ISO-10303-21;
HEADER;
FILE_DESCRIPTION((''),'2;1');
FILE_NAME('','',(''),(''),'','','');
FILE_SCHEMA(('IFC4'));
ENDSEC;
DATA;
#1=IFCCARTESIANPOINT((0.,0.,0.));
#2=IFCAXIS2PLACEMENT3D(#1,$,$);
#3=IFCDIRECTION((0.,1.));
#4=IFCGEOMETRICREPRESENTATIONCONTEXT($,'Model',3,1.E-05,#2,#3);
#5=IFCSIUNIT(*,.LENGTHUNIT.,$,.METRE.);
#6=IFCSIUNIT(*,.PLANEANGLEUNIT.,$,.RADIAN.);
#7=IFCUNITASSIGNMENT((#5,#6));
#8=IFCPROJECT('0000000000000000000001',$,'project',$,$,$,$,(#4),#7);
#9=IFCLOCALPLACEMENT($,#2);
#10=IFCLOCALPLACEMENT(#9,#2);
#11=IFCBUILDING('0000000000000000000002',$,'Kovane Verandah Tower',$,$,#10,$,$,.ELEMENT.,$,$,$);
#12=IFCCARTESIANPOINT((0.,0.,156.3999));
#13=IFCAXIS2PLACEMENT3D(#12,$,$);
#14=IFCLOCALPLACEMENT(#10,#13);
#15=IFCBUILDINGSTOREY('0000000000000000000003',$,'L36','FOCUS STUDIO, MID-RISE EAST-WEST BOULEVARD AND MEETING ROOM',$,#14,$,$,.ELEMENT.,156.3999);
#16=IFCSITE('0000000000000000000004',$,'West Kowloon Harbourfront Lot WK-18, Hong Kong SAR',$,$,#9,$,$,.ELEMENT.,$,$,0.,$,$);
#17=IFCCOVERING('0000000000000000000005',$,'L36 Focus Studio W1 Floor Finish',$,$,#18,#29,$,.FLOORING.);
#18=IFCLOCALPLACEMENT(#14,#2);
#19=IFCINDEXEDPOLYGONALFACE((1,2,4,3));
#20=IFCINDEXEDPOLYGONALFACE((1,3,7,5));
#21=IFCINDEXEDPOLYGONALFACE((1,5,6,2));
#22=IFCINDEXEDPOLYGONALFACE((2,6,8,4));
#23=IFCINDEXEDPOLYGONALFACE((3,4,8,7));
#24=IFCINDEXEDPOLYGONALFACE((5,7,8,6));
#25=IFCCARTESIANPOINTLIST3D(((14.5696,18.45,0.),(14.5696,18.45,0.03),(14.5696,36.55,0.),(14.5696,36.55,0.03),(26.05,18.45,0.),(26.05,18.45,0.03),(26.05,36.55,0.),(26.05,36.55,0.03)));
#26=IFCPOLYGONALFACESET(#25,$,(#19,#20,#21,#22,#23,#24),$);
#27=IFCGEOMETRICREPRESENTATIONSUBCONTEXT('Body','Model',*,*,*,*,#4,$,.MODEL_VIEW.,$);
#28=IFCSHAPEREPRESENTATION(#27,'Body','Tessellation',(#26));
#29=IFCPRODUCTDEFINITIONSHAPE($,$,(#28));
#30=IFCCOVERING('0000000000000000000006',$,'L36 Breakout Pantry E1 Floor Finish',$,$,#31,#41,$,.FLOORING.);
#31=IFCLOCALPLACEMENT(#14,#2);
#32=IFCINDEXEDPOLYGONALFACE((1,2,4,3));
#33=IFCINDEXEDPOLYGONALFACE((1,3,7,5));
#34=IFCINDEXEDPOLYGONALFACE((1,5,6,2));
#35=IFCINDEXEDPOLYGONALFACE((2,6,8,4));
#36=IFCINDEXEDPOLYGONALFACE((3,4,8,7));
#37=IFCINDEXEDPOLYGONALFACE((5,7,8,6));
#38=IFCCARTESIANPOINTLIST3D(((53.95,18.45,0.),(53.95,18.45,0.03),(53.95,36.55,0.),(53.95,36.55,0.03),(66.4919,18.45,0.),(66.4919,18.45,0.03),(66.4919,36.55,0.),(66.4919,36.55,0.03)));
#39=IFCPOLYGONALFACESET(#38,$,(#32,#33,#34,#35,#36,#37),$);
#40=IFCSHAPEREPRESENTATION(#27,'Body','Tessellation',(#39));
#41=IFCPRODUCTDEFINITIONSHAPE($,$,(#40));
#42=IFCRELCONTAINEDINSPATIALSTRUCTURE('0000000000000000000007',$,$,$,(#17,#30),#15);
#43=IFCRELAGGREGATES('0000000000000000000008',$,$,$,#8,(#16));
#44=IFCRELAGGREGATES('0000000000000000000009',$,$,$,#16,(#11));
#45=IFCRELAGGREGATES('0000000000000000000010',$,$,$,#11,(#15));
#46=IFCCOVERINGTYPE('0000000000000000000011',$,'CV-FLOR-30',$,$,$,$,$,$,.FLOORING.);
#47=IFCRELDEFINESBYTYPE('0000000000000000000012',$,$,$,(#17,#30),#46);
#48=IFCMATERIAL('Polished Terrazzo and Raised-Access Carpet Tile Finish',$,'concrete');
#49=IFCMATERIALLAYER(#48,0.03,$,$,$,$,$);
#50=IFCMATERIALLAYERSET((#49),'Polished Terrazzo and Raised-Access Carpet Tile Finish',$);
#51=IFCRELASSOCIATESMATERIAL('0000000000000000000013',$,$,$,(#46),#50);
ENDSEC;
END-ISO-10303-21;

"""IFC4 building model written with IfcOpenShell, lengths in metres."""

from ifc_helpers import new_model, si_unit, direction, frame, origin, place, context, subcontext, project, spatial, polyline, outline, extrude, material, layer, layer_set, type_object, element, save


model = new_model("IFC4")

# Units and contexts
model_context = context("Model", 3, precision=1e-05, world=origin(), true_north=direction((0.0, 1.0)))
body_context = subcontext(model_context, "Body", "Model", "MODEL_VIEW")
ifc_project = project(units=[si_unit("LENGTHUNIT", "METRE"), si_unit("PLANEANGLEUNIT", "RADIAN")], contexts=[model_context])

# Site, building, storey
site_placement = place(None, origin())
site = spatial("IfcSite", under=ifc_project, at=site_placement, Name="West Kowloon Harbourfront Lot WK-18, Hong Kong SAR", CompositionType="ELEMENT", RefElevation=0.0)
building_placement = place(site_placement, origin())
building = spatial("IfcBuilding", under=site, at=building_placement, Name="Kovane Verandah Tower", CompositionType="ELEMENT")
storey_placement = place(building_placement, frame((0.0, 0.0, 156.3999)))
storey = spatial("IfcBuildingStorey", under=building, at=storey_placement, Name="L36", Description="FOCUS STUDIO, MID-RISE EAST-WEST BOULEVARD AND MEETING ROOM", CompositionType="ELEMENT", Elevation=156.3999)

# Coverings
ifc_material_1 = material(Name="Polished Terrazzo and Raised-Access Carpet Tile Finish", Category="concrete")
ifc_layer_1 = layer(ifc_material_1, 0.03)
ifc_layer_set_1 = layer_set([ifc_layer_1], Name="Polished Terrazzo and Raised-Access Carpet Tile Finish")
covering_type_1 = type_object("IfcCoveringType", Name="CV-FLOR-30", PredefinedType="FLOORING", material=ifc_layer_set_1)
covering_1_placement = place(storey_placement, origin())
element("IfcCovering", 1, at=covering_1_placement, inside=storey, type_object=covering_type_1, Name="L36 Focus Studio W1 Floor Finish", PredefinedType="FLOORING", context=body_context, shape_type="SweptSolid", body=[
    extrude(outline(polyline([(14.5696, 18.45), (26.05, 18.45), (26.05, 36.55), (14.5696, 36.55), (14.5696, 18.45)])), origin(), (0.0, 0.0, 1.0), 0.03),
])
covering_2_placement = place(storey_placement, origin())
element("IfcCovering", 2, at=covering_2_placement, inside=storey, type_object=covering_type_1, Name="L36 Breakout Pantry E1 Floor Finish", PredefinedType="FLOORING", context=body_context, shape_type="SweptSolid", body=[
    extrude(outline(polyline([(53.95, 18.45), (66.4919, 18.45), (66.4919, 36.55), (53.95, 36.55), (53.95, 18.45)])), origin(), (0.0, 0.0, 1.0), 0.03),
])

save(model, "model.ifc")
